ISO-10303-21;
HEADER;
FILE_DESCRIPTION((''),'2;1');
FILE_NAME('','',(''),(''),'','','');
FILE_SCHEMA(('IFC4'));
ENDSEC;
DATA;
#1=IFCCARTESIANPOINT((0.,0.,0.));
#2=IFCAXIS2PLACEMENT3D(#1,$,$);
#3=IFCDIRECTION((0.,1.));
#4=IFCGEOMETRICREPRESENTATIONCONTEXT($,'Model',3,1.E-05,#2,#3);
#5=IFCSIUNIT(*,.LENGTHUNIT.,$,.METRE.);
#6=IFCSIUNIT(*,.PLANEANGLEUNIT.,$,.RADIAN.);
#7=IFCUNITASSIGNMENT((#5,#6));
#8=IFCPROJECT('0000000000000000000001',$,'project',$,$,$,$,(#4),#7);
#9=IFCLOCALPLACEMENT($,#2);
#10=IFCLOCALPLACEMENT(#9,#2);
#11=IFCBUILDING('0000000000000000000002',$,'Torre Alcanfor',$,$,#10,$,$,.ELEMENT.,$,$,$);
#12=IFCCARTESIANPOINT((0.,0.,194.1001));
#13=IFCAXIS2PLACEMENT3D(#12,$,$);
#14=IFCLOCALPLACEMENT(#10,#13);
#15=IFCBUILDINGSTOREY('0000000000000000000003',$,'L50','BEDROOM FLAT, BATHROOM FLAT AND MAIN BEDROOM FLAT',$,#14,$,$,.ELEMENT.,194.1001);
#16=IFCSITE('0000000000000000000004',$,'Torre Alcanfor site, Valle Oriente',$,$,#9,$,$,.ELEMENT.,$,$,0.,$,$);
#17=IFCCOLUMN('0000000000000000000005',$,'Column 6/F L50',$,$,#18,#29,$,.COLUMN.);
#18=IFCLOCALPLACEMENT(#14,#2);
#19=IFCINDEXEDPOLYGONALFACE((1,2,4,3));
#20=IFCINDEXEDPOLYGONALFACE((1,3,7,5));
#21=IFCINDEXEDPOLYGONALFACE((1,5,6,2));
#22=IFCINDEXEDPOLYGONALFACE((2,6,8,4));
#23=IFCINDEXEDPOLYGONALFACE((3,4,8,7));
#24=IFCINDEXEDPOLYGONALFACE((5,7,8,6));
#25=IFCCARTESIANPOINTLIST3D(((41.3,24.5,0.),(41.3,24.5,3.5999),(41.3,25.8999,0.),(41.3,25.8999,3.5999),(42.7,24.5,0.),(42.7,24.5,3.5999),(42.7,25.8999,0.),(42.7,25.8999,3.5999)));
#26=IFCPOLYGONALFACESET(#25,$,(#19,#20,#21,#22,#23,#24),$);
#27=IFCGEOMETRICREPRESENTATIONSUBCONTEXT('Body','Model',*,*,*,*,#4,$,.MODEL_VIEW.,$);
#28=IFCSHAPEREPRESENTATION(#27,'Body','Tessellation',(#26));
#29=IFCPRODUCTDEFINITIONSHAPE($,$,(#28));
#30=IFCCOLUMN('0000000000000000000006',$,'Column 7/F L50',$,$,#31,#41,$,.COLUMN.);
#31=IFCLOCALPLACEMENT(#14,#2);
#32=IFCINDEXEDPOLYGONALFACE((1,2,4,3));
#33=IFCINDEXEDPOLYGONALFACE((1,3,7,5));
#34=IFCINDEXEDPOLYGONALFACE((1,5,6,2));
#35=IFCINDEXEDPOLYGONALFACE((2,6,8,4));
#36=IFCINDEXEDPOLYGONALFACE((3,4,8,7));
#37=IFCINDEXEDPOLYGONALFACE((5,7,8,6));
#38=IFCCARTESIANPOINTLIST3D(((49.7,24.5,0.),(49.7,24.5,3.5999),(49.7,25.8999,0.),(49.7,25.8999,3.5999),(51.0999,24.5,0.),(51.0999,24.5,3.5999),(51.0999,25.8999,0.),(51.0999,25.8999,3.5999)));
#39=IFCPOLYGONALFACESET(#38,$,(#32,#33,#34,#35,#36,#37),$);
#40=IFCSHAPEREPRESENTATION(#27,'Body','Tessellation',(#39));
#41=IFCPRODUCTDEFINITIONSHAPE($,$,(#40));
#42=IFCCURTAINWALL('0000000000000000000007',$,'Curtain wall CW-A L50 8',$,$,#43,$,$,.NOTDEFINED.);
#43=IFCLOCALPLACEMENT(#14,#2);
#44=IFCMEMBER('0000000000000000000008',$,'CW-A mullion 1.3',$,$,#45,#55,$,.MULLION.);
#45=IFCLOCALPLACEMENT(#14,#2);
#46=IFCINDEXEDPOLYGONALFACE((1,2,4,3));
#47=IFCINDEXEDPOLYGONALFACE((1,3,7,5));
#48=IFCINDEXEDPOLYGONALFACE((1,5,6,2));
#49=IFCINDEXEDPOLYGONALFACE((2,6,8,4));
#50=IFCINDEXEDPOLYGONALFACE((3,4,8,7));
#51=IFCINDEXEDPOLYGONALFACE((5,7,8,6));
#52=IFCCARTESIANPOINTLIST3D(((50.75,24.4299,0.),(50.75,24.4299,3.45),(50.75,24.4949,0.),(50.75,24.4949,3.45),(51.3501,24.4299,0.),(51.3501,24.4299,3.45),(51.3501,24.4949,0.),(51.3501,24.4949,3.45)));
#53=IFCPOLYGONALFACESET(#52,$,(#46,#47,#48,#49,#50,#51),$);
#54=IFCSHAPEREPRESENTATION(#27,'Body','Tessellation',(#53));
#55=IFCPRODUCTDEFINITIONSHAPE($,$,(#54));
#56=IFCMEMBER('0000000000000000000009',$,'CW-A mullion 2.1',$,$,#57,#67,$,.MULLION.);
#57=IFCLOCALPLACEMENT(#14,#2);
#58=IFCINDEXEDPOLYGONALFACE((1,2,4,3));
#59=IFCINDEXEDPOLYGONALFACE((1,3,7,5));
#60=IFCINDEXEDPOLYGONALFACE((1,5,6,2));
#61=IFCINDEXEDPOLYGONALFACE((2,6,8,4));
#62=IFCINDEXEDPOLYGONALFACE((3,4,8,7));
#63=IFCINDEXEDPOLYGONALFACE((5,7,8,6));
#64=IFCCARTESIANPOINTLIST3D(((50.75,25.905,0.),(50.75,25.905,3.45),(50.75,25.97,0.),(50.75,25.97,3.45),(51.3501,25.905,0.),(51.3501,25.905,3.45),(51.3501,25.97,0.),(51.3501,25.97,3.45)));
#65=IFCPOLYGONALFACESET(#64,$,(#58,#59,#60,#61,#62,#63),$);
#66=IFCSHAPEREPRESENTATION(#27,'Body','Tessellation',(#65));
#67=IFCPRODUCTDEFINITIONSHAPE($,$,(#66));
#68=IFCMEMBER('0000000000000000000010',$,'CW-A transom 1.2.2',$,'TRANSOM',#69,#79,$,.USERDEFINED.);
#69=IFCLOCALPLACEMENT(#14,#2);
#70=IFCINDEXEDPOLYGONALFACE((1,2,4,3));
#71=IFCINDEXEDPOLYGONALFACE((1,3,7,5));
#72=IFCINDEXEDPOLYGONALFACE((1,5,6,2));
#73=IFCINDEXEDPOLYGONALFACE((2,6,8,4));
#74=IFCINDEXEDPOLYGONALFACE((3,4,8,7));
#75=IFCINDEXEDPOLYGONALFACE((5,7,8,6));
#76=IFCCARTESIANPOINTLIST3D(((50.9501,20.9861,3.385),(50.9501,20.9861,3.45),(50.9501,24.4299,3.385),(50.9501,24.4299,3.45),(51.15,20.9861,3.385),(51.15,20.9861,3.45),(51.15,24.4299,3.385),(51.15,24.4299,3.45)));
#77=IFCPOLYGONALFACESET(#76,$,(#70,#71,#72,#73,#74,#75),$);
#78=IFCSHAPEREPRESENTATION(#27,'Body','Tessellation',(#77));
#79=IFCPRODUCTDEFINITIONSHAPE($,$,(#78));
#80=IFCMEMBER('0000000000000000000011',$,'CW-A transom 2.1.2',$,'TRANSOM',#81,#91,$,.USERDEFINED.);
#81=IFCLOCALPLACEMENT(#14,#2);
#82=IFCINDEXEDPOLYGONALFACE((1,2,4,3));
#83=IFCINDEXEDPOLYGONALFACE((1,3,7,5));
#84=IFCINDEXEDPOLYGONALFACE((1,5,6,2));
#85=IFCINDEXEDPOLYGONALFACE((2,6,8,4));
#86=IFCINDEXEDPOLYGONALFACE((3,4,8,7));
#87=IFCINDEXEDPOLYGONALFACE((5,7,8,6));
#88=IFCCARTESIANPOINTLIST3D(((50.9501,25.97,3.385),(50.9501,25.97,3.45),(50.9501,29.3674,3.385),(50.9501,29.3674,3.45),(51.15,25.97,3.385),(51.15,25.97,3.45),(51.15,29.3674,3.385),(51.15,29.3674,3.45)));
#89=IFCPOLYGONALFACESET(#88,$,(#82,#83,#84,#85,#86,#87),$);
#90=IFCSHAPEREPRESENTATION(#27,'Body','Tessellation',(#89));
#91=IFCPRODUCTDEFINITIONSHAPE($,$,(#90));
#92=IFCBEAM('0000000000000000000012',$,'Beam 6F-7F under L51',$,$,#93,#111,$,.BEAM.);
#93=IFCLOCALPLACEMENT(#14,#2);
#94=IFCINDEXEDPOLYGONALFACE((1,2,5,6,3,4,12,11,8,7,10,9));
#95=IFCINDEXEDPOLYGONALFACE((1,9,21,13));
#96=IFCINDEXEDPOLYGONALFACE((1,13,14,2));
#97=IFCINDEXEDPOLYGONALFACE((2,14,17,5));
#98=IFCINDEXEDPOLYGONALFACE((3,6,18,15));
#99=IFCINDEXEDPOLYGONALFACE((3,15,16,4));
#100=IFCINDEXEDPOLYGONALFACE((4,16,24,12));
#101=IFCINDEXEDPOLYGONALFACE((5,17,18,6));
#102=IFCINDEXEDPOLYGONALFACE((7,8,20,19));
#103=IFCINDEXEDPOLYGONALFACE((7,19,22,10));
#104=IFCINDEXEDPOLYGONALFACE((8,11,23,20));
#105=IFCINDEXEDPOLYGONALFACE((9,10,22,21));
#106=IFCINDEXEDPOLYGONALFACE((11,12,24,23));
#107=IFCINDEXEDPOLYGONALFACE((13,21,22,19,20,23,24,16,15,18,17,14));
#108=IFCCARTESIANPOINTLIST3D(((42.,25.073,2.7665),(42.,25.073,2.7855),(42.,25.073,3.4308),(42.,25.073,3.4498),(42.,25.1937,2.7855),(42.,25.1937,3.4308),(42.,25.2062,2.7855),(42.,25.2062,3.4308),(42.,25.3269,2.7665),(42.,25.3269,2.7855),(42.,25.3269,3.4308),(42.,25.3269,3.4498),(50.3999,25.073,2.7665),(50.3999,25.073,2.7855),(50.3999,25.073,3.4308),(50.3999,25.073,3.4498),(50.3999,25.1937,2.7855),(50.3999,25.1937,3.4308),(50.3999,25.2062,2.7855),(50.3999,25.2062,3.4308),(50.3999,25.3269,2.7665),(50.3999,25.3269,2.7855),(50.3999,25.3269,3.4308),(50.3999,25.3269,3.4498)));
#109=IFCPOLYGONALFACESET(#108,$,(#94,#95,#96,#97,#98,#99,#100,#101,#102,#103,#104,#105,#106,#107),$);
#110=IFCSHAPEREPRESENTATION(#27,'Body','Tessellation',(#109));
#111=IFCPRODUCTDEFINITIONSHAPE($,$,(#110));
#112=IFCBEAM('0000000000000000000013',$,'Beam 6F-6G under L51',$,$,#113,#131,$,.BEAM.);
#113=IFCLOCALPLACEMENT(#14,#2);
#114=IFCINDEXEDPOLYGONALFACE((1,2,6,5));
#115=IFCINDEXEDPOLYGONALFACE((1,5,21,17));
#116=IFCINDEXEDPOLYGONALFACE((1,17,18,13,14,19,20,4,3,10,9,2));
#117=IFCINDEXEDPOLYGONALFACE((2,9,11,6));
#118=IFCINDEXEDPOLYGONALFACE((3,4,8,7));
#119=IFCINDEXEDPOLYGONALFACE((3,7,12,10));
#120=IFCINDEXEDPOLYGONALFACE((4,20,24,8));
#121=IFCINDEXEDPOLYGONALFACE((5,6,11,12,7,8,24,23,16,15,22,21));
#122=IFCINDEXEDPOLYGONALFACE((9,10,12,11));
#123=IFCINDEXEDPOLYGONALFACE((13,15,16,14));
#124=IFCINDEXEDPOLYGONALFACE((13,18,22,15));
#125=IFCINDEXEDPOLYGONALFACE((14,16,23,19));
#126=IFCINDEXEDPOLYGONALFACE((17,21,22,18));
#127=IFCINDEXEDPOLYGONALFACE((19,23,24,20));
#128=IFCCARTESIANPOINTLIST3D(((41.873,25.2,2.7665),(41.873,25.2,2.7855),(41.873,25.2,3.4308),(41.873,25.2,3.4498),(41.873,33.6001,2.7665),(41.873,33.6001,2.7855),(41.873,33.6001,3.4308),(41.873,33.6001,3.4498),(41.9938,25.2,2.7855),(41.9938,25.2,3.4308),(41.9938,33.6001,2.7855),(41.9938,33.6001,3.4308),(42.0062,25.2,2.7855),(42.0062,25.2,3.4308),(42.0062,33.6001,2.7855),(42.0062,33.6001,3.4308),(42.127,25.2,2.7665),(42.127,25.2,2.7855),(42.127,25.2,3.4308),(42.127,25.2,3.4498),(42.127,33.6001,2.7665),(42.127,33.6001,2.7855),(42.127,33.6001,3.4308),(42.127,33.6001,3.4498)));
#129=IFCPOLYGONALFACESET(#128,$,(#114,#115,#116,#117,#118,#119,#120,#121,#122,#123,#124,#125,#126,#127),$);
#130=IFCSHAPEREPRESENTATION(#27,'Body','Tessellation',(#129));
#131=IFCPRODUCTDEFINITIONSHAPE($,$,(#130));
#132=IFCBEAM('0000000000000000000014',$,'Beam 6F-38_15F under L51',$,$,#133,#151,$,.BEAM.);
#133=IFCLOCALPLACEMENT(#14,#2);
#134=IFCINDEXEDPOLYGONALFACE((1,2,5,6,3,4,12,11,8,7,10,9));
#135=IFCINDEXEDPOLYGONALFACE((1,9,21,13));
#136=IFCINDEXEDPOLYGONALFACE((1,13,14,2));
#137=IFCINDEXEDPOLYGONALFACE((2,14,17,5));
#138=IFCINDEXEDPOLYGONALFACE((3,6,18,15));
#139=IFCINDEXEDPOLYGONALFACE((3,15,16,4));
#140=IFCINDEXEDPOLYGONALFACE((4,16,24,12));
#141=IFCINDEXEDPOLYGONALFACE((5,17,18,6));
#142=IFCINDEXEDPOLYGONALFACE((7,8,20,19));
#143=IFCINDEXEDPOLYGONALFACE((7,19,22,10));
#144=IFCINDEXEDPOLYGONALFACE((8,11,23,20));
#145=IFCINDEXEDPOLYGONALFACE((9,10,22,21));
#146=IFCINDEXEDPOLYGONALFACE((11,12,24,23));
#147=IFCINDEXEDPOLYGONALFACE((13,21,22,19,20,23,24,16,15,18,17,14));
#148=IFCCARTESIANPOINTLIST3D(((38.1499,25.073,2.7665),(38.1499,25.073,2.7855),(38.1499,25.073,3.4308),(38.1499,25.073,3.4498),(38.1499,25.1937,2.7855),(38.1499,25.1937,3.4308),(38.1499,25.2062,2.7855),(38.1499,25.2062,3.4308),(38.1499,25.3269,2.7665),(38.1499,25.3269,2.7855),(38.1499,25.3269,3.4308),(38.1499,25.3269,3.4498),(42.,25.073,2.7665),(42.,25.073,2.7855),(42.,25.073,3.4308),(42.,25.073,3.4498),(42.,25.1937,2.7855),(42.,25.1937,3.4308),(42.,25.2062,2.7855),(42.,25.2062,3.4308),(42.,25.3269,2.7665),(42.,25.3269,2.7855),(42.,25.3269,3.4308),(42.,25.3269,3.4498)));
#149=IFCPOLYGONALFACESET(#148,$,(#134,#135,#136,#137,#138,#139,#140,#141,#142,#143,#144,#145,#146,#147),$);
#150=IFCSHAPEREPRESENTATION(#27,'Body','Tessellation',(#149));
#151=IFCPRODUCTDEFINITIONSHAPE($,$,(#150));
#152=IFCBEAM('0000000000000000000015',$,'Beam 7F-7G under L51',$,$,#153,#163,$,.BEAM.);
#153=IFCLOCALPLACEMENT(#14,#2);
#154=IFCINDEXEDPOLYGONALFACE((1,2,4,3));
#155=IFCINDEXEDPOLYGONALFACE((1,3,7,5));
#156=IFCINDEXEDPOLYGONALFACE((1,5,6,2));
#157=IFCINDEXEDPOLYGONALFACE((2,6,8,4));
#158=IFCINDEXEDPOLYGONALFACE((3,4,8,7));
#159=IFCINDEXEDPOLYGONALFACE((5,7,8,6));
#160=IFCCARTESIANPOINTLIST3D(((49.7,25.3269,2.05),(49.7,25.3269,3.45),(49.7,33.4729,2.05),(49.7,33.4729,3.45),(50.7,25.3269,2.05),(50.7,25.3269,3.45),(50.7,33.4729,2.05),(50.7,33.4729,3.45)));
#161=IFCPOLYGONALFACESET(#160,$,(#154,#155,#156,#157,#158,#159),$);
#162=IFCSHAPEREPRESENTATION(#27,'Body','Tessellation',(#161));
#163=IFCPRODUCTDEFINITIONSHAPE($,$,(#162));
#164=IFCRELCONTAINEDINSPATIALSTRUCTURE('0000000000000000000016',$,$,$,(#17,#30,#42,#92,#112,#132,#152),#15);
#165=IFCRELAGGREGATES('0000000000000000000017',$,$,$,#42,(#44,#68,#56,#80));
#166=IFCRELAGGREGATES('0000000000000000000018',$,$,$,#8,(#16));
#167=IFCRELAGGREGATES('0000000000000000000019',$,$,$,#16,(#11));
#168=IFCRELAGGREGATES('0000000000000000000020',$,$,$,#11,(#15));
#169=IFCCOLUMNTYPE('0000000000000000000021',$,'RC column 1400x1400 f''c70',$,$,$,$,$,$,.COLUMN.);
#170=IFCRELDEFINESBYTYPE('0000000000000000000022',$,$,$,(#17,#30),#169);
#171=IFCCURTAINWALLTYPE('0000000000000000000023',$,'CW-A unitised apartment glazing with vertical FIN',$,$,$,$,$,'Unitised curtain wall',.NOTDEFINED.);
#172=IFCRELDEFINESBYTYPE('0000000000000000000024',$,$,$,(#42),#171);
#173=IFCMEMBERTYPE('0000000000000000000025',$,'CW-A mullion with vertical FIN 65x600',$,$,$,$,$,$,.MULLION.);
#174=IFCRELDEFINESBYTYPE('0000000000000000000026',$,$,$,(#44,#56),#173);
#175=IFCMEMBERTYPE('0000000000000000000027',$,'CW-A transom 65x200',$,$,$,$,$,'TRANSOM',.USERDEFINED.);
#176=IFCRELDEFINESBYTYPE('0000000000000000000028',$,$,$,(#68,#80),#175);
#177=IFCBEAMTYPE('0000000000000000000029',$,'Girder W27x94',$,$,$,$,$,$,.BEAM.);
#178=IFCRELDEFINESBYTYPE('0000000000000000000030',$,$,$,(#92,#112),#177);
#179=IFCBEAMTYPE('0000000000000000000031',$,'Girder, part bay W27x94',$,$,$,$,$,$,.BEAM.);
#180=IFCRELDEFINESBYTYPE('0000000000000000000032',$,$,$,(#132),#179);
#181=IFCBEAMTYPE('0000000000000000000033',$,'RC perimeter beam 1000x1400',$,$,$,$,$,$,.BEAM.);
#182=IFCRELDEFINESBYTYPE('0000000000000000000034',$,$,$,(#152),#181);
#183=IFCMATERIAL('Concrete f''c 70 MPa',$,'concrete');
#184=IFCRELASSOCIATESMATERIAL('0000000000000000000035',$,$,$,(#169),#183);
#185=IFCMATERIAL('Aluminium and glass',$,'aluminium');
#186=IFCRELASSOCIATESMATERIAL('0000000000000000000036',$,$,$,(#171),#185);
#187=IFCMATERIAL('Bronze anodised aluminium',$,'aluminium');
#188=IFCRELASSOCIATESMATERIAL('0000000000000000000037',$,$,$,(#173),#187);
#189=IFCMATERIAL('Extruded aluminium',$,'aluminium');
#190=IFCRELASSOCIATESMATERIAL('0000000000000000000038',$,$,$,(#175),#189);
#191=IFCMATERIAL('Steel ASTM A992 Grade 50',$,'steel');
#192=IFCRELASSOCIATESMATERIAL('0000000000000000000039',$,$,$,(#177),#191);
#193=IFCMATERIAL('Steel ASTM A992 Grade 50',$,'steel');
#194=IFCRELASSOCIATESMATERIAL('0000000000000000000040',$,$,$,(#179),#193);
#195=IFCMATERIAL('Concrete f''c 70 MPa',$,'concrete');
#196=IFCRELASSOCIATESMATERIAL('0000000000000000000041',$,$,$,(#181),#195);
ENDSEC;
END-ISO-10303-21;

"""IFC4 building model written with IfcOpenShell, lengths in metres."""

from ifc_helpers import new_model, si_unit, direction, frame, origin, origin_2d, place, context, subcontext, project, spatial, rectangle, i_section, extrude, material, material_profile, profile_set, type_object, element, aggregate, save


model = new_model("IFC4")

# Units and contexts
model_context = context("Model", 3, precision=1e-05, world=origin(), true_north=direction((0.0, 1.0)))
body_context = subcontext(model_context, "Body", "Model", "MODEL_VIEW")
ifc_project = project(units=[si_unit("LENGTHUNIT", "METRE"), si_unit("PLANEANGLEUNIT", "RADIAN")], contexts=[model_context])

# Site, building, storey
site_placement = place(None, origin())
site = spatial("IfcSite", under=ifc_project, at=site_placement, Name="Torre Alcanfor site, Valle Oriente", CompositionType="ELEMENT", RefElevation=0.0)
building_placement = place(site_placement, origin())
building = spatial("IfcBuilding", under=site, at=building_placement, Name="Torre Alcanfor", CompositionType="ELEMENT")
storey_placement = place(building_placement, frame((0.0, 0.0, 194.1001)))
storey = spatial("IfcBuildingStorey", under=building, at=storey_placement, Name="L50", Description="BEDROOM FLAT, BATHROOM FLAT AND MAIN BEDROOM FLAT", CompositionType="ELEMENT", Elevation=194.1001)

# Columns
ifc_material_1 = material(Name="Concrete f'c 70 MPa", Category="concrete")
ifc_material_profile_1 = material_profile(ifc_material_1, rectangle(XDim=1.3999, YDim=1.3999, at=origin_2d()), Name="1400x1400")
ifc_profile_set_1 = profile_set([ifc_material_profile_1], Name="Concrete f'c 70 MPa")
column_type = type_object("IfcColumnType", Name="RC column 1400x1400 f'c70", PredefinedType="COLUMN", material=ifc_profile_set_1)
for number, where, z_axis, x_axis, name in (
    (1, (42.0, 25.2, 0.0), (0.0, 0.0, 1.0), (1.0, 0.0, 0.0), "Column 6/F L50"),
    (2, (50.3999, 25.2, 0.0), (0.0, 0.0, 1.0), (1.0, 0.0, 0.0), "Column 7/F L50"),
):
    element("IfcColumn", number, at=place(storey_placement, frame(where, z_axis=z_axis, x_axis=x_axis)), inside=storey, type_object=column_type, Name=name, PredefinedType="COLUMN", context=body_context, shape_type="SweptSolid", body=[
        extrude(rectangle(XDim=1.3999, YDim=1.3999, at=origin_2d()), origin(), (0.0, 0.0, 1.0), 3.5999),
    ])

# Curtain wall, members
ifc_material_2 = material(Name="Aluminium and glass", Category="aluminium")
curtain_wall_type = type_object("IfcCurtainWallType", Name="CW-A unitised apartment glazing with vertical FIN", ElementType="Unitised curtain wall", PredefinedType="NOTDEFINED", material=ifc_material_2)
curtain_wall_placement = place(storey_placement, origin())
curtain_wall = element("IfcCurtainWall", 3, at=curtain_wall_placement, inside=storey, type_object=curtain_wall_type, Name="Curtain wall CW-A L50 8", PredefinedType="NOTDEFINED")
ifc_material_3 = material(Name="Bronze anodised aluminium", Category="aluminium")
ifc_material_profile_2 = material_profile(ifc_material_3, rectangle(XDim=0.6001, YDim=0.0649, at=origin_2d()), Name="CW-A mullion 65x600")
ifc_profile_set_2 = profile_set([ifc_material_profile_2], Name="Bronze anodised aluminium")
member_type_1 = type_object("IfcMemberType", Name="CW-A mullion with vertical FIN 65x600", PredefinedType="MULLION", material=ifc_profile_set_2)
member_1_placement = place(storey_placement, frame((51.05, 24.4624, 0.0), z_axis=(0.0, 0.0, 1.0), x_axis=(-1.0, 0.0, 0.0)))
member_1 = element("IfcMember", 4, at=member_1_placement, type_object=member_type_1, Name="CW-A mullion 1.3", PredefinedType="MULLION", context=body_context, shape_type="SweptSolid", body=[
    extrude(rectangle(XDim=0.6001, YDim=0.0649, at=origin_2d()), origin(), (0.0, 0.0, 1.0), 3.45),
])
member_2_placement = place(storey_placement, frame((51.05, 25.9375, 0.0), z_axis=(0.0, 0.0, 1.0), x_axis=(-1.0, 0.0, 0.0)))
member_2 = element("IfcMember", 5, at=member_2_placement, type_object=member_type_1, Name="CW-A mullion 2.1", PredefinedType="MULLION", context=body_context, shape_type="SweptSolid", body=[
    extrude(rectangle(XDim=0.6001, YDim=0.0649, at=origin_2d()), origin(), (0.0, 0.0, 1.0), 3.45),
])
ifc_material_4 = material(Name="Extruded aluminium", Category="aluminium")
ifc_material_profile_3 = material_profile(ifc_material_4, rectangle(XDim=0.2, YDim=0.0649, at=origin_2d()), Name="CW-A transom 200x65")
ifc_profile_set_3 = profile_set([ifc_material_profile_3], Name="Extruded aluminium")
member_type_2 = type_object("IfcMemberType", Name="CW-A transom 65x200", ElementType="TRANSOM", PredefinedType="USERDEFINED", material=ifc_profile_set_3)
member_3_placement = place(storey_placement, frame((51.05, 20.9861, 3.4175), z_axis=(0.0, 1.0, 0.0), x_axis=(-1.0, 0.0, 0.0)))
member_3 = element("IfcMember", 6, at=member_3_placement, type_object=member_type_2, Name="CW-A transom 1.2.2", ObjectType="TRANSOM", PredefinedType="USERDEFINED", context=body_context, shape_type="SweptSolid", body=[
    extrude(rectangle(XDim=0.2, YDim=0.0649, at=origin_2d()), origin(), (0.0, 0.0, 1.0), 3.4438),
])
member_4_placement = place(storey_placement, frame((51.05, 25.97, 3.4175), z_axis=(0.0, 1.0, 0.0), x_axis=(-1.0, 0.0, 0.0)))
member_4 = element("IfcMember", 7, at=member_4_placement, type_object=member_type_2, Name="CW-A transom 2.1.2", ObjectType="TRANSOM", PredefinedType="USERDEFINED", context=body_context, shape_type="SweptSolid", body=[
    extrude(rectangle(XDim=0.2, YDim=0.0649, at=origin_2d()), origin(), (0.0, 0.0, 1.0), 3.3975),
])

# Beams
ifc_material_5 = material(Name="Steel ASTM A992 Grade 50", Category="steel")
ifc_material_profile_4 = material_profile(ifc_material_5, i_section(OverallWidth=0.2539, OverallDepth=0.6833, WebThickness=0.0125, FlangeThickness=0.019, at=origin_2d()), Name="W27x94")
ifc_profile_set_4 = profile_set([ifc_material_profile_4], Name="Steel ASTM A992 Grade 50")
beam_type_1 = type_object("IfcBeamType", Name="Girder W27x94", PredefinedType="BEAM", material=ifc_profile_set_4)
beam_1_placement = place(storey_placement, frame((42.0, 25.2, 3.1082), z_axis=(1.0, 0.0, 0.0), x_axis=(0.0, 1.0, 0.0)))
element("IfcBeam", 8, at=beam_1_placement, inside=storey, type_object=beam_type_1, Name="Beam 6F-7F under L51", PredefinedType="BEAM", context=body_context, shape_type="SweptSolid", body=[
    extrude(i_section(OverallWidth=0.2539, OverallDepth=0.6833, WebThickness=0.0125, FlangeThickness=0.019, at=origin_2d()), origin(), (0.0, 0.0, 1.0), 8.3999),
])
beam_2_placement = place(storey_placement, frame((42.0, 25.2, 3.1082), z_axis=(0.0, 1.0, 0.0), x_axis=(-1.0, 0.0, 0.0)))
element("IfcBeam", 9, at=beam_2_placement, inside=storey, type_object=beam_type_1, Name="Beam 6F-6G under L51", PredefinedType="BEAM", context=body_context, shape_type="SweptSolid", body=[
    extrude(i_section(OverallWidth=0.2539, OverallDepth=0.6833, WebThickness=0.0125, FlangeThickness=0.019, at=origin_2d()), origin(), (0.0, 0.0, 1.0), 8.4001),
])
ifc_material_6 = material(Name="Steel ASTM A992 Grade 50", Category="steel")
ifc_material_profile_5 = material_profile(ifc_material_6, i_section(OverallWidth=0.2539, OverallDepth=0.6833, WebThickness=0.0125, FlangeThickness=0.019, at=origin_2d()), Name="W27x94")
ifc_profile_set_5 = profile_set([ifc_material_profile_5], Name="Steel ASTM A992 Grade 50")
beam_type_2 = type_object("IfcBeamType", Name="Girder, part bay W27x94", PredefinedType="BEAM", material=ifc_profile_set_5)
beam_3_placement = place(storey_placement, frame((42.0, 25.2, 3.1082), z_axis=(-1.0, 0.0, 0.0), x_axis=(0.0, -1.0, 0.0)))
element("IfcBeam", 10, at=beam_3_placement, inside=storey, type_object=beam_type_2, Name="Beam 6F-38_15F under L51", PredefinedType="BEAM", context=body_context, shape_type="SweptSolid", body=[
    extrude(i_section(OverallWidth=0.2539, OverallDepth=0.6833, WebThickness=0.0125, FlangeThickness=0.019, at=origin_2d()), origin(), (0.0, 0.0, 1.0), 3.8501),
])
ifc_material_7 = material(Name="Concrete f'c 70 MPa", Category="concrete")
ifc_material_profile_6 = material_profile(ifc_material_7, rectangle(XDim=1.0, YDim=1.3999, at=origin_2d()), Name="1000x1400")
ifc_profile_set_6 = profile_set([ifc_material_profile_6], Name="Concrete f'c 70 MPa")
beam_type_3 = type_object("IfcBeamType", Name="RC perimeter beam 1000x1400", PredefinedType="BEAM", material=ifc_profile_set_6)
beam_4_placement = place(storey_placement, frame((50.2, 25.3269, 2.75), z_axis=(0.0, 1.0, 0.0), x_axis=(-1.0, 0.0, 0.0)))
element("IfcBeam", 11, at=beam_4_placement, inside=storey, type_object=beam_type_3, Name="Beam 7F-7G under L51", PredefinedType="BEAM", context=body_context, shape_type="SweptSolid", body=[
    extrude(rectangle(XDim=1.0, YDim=1.3999, at=origin_2d()), origin(), (0.0, 0.0, 1.0), 8.146),
])

aggregate(curtain_wall, [member_1, member_3, member_2, member_4])

save(model, "model.ifc")
